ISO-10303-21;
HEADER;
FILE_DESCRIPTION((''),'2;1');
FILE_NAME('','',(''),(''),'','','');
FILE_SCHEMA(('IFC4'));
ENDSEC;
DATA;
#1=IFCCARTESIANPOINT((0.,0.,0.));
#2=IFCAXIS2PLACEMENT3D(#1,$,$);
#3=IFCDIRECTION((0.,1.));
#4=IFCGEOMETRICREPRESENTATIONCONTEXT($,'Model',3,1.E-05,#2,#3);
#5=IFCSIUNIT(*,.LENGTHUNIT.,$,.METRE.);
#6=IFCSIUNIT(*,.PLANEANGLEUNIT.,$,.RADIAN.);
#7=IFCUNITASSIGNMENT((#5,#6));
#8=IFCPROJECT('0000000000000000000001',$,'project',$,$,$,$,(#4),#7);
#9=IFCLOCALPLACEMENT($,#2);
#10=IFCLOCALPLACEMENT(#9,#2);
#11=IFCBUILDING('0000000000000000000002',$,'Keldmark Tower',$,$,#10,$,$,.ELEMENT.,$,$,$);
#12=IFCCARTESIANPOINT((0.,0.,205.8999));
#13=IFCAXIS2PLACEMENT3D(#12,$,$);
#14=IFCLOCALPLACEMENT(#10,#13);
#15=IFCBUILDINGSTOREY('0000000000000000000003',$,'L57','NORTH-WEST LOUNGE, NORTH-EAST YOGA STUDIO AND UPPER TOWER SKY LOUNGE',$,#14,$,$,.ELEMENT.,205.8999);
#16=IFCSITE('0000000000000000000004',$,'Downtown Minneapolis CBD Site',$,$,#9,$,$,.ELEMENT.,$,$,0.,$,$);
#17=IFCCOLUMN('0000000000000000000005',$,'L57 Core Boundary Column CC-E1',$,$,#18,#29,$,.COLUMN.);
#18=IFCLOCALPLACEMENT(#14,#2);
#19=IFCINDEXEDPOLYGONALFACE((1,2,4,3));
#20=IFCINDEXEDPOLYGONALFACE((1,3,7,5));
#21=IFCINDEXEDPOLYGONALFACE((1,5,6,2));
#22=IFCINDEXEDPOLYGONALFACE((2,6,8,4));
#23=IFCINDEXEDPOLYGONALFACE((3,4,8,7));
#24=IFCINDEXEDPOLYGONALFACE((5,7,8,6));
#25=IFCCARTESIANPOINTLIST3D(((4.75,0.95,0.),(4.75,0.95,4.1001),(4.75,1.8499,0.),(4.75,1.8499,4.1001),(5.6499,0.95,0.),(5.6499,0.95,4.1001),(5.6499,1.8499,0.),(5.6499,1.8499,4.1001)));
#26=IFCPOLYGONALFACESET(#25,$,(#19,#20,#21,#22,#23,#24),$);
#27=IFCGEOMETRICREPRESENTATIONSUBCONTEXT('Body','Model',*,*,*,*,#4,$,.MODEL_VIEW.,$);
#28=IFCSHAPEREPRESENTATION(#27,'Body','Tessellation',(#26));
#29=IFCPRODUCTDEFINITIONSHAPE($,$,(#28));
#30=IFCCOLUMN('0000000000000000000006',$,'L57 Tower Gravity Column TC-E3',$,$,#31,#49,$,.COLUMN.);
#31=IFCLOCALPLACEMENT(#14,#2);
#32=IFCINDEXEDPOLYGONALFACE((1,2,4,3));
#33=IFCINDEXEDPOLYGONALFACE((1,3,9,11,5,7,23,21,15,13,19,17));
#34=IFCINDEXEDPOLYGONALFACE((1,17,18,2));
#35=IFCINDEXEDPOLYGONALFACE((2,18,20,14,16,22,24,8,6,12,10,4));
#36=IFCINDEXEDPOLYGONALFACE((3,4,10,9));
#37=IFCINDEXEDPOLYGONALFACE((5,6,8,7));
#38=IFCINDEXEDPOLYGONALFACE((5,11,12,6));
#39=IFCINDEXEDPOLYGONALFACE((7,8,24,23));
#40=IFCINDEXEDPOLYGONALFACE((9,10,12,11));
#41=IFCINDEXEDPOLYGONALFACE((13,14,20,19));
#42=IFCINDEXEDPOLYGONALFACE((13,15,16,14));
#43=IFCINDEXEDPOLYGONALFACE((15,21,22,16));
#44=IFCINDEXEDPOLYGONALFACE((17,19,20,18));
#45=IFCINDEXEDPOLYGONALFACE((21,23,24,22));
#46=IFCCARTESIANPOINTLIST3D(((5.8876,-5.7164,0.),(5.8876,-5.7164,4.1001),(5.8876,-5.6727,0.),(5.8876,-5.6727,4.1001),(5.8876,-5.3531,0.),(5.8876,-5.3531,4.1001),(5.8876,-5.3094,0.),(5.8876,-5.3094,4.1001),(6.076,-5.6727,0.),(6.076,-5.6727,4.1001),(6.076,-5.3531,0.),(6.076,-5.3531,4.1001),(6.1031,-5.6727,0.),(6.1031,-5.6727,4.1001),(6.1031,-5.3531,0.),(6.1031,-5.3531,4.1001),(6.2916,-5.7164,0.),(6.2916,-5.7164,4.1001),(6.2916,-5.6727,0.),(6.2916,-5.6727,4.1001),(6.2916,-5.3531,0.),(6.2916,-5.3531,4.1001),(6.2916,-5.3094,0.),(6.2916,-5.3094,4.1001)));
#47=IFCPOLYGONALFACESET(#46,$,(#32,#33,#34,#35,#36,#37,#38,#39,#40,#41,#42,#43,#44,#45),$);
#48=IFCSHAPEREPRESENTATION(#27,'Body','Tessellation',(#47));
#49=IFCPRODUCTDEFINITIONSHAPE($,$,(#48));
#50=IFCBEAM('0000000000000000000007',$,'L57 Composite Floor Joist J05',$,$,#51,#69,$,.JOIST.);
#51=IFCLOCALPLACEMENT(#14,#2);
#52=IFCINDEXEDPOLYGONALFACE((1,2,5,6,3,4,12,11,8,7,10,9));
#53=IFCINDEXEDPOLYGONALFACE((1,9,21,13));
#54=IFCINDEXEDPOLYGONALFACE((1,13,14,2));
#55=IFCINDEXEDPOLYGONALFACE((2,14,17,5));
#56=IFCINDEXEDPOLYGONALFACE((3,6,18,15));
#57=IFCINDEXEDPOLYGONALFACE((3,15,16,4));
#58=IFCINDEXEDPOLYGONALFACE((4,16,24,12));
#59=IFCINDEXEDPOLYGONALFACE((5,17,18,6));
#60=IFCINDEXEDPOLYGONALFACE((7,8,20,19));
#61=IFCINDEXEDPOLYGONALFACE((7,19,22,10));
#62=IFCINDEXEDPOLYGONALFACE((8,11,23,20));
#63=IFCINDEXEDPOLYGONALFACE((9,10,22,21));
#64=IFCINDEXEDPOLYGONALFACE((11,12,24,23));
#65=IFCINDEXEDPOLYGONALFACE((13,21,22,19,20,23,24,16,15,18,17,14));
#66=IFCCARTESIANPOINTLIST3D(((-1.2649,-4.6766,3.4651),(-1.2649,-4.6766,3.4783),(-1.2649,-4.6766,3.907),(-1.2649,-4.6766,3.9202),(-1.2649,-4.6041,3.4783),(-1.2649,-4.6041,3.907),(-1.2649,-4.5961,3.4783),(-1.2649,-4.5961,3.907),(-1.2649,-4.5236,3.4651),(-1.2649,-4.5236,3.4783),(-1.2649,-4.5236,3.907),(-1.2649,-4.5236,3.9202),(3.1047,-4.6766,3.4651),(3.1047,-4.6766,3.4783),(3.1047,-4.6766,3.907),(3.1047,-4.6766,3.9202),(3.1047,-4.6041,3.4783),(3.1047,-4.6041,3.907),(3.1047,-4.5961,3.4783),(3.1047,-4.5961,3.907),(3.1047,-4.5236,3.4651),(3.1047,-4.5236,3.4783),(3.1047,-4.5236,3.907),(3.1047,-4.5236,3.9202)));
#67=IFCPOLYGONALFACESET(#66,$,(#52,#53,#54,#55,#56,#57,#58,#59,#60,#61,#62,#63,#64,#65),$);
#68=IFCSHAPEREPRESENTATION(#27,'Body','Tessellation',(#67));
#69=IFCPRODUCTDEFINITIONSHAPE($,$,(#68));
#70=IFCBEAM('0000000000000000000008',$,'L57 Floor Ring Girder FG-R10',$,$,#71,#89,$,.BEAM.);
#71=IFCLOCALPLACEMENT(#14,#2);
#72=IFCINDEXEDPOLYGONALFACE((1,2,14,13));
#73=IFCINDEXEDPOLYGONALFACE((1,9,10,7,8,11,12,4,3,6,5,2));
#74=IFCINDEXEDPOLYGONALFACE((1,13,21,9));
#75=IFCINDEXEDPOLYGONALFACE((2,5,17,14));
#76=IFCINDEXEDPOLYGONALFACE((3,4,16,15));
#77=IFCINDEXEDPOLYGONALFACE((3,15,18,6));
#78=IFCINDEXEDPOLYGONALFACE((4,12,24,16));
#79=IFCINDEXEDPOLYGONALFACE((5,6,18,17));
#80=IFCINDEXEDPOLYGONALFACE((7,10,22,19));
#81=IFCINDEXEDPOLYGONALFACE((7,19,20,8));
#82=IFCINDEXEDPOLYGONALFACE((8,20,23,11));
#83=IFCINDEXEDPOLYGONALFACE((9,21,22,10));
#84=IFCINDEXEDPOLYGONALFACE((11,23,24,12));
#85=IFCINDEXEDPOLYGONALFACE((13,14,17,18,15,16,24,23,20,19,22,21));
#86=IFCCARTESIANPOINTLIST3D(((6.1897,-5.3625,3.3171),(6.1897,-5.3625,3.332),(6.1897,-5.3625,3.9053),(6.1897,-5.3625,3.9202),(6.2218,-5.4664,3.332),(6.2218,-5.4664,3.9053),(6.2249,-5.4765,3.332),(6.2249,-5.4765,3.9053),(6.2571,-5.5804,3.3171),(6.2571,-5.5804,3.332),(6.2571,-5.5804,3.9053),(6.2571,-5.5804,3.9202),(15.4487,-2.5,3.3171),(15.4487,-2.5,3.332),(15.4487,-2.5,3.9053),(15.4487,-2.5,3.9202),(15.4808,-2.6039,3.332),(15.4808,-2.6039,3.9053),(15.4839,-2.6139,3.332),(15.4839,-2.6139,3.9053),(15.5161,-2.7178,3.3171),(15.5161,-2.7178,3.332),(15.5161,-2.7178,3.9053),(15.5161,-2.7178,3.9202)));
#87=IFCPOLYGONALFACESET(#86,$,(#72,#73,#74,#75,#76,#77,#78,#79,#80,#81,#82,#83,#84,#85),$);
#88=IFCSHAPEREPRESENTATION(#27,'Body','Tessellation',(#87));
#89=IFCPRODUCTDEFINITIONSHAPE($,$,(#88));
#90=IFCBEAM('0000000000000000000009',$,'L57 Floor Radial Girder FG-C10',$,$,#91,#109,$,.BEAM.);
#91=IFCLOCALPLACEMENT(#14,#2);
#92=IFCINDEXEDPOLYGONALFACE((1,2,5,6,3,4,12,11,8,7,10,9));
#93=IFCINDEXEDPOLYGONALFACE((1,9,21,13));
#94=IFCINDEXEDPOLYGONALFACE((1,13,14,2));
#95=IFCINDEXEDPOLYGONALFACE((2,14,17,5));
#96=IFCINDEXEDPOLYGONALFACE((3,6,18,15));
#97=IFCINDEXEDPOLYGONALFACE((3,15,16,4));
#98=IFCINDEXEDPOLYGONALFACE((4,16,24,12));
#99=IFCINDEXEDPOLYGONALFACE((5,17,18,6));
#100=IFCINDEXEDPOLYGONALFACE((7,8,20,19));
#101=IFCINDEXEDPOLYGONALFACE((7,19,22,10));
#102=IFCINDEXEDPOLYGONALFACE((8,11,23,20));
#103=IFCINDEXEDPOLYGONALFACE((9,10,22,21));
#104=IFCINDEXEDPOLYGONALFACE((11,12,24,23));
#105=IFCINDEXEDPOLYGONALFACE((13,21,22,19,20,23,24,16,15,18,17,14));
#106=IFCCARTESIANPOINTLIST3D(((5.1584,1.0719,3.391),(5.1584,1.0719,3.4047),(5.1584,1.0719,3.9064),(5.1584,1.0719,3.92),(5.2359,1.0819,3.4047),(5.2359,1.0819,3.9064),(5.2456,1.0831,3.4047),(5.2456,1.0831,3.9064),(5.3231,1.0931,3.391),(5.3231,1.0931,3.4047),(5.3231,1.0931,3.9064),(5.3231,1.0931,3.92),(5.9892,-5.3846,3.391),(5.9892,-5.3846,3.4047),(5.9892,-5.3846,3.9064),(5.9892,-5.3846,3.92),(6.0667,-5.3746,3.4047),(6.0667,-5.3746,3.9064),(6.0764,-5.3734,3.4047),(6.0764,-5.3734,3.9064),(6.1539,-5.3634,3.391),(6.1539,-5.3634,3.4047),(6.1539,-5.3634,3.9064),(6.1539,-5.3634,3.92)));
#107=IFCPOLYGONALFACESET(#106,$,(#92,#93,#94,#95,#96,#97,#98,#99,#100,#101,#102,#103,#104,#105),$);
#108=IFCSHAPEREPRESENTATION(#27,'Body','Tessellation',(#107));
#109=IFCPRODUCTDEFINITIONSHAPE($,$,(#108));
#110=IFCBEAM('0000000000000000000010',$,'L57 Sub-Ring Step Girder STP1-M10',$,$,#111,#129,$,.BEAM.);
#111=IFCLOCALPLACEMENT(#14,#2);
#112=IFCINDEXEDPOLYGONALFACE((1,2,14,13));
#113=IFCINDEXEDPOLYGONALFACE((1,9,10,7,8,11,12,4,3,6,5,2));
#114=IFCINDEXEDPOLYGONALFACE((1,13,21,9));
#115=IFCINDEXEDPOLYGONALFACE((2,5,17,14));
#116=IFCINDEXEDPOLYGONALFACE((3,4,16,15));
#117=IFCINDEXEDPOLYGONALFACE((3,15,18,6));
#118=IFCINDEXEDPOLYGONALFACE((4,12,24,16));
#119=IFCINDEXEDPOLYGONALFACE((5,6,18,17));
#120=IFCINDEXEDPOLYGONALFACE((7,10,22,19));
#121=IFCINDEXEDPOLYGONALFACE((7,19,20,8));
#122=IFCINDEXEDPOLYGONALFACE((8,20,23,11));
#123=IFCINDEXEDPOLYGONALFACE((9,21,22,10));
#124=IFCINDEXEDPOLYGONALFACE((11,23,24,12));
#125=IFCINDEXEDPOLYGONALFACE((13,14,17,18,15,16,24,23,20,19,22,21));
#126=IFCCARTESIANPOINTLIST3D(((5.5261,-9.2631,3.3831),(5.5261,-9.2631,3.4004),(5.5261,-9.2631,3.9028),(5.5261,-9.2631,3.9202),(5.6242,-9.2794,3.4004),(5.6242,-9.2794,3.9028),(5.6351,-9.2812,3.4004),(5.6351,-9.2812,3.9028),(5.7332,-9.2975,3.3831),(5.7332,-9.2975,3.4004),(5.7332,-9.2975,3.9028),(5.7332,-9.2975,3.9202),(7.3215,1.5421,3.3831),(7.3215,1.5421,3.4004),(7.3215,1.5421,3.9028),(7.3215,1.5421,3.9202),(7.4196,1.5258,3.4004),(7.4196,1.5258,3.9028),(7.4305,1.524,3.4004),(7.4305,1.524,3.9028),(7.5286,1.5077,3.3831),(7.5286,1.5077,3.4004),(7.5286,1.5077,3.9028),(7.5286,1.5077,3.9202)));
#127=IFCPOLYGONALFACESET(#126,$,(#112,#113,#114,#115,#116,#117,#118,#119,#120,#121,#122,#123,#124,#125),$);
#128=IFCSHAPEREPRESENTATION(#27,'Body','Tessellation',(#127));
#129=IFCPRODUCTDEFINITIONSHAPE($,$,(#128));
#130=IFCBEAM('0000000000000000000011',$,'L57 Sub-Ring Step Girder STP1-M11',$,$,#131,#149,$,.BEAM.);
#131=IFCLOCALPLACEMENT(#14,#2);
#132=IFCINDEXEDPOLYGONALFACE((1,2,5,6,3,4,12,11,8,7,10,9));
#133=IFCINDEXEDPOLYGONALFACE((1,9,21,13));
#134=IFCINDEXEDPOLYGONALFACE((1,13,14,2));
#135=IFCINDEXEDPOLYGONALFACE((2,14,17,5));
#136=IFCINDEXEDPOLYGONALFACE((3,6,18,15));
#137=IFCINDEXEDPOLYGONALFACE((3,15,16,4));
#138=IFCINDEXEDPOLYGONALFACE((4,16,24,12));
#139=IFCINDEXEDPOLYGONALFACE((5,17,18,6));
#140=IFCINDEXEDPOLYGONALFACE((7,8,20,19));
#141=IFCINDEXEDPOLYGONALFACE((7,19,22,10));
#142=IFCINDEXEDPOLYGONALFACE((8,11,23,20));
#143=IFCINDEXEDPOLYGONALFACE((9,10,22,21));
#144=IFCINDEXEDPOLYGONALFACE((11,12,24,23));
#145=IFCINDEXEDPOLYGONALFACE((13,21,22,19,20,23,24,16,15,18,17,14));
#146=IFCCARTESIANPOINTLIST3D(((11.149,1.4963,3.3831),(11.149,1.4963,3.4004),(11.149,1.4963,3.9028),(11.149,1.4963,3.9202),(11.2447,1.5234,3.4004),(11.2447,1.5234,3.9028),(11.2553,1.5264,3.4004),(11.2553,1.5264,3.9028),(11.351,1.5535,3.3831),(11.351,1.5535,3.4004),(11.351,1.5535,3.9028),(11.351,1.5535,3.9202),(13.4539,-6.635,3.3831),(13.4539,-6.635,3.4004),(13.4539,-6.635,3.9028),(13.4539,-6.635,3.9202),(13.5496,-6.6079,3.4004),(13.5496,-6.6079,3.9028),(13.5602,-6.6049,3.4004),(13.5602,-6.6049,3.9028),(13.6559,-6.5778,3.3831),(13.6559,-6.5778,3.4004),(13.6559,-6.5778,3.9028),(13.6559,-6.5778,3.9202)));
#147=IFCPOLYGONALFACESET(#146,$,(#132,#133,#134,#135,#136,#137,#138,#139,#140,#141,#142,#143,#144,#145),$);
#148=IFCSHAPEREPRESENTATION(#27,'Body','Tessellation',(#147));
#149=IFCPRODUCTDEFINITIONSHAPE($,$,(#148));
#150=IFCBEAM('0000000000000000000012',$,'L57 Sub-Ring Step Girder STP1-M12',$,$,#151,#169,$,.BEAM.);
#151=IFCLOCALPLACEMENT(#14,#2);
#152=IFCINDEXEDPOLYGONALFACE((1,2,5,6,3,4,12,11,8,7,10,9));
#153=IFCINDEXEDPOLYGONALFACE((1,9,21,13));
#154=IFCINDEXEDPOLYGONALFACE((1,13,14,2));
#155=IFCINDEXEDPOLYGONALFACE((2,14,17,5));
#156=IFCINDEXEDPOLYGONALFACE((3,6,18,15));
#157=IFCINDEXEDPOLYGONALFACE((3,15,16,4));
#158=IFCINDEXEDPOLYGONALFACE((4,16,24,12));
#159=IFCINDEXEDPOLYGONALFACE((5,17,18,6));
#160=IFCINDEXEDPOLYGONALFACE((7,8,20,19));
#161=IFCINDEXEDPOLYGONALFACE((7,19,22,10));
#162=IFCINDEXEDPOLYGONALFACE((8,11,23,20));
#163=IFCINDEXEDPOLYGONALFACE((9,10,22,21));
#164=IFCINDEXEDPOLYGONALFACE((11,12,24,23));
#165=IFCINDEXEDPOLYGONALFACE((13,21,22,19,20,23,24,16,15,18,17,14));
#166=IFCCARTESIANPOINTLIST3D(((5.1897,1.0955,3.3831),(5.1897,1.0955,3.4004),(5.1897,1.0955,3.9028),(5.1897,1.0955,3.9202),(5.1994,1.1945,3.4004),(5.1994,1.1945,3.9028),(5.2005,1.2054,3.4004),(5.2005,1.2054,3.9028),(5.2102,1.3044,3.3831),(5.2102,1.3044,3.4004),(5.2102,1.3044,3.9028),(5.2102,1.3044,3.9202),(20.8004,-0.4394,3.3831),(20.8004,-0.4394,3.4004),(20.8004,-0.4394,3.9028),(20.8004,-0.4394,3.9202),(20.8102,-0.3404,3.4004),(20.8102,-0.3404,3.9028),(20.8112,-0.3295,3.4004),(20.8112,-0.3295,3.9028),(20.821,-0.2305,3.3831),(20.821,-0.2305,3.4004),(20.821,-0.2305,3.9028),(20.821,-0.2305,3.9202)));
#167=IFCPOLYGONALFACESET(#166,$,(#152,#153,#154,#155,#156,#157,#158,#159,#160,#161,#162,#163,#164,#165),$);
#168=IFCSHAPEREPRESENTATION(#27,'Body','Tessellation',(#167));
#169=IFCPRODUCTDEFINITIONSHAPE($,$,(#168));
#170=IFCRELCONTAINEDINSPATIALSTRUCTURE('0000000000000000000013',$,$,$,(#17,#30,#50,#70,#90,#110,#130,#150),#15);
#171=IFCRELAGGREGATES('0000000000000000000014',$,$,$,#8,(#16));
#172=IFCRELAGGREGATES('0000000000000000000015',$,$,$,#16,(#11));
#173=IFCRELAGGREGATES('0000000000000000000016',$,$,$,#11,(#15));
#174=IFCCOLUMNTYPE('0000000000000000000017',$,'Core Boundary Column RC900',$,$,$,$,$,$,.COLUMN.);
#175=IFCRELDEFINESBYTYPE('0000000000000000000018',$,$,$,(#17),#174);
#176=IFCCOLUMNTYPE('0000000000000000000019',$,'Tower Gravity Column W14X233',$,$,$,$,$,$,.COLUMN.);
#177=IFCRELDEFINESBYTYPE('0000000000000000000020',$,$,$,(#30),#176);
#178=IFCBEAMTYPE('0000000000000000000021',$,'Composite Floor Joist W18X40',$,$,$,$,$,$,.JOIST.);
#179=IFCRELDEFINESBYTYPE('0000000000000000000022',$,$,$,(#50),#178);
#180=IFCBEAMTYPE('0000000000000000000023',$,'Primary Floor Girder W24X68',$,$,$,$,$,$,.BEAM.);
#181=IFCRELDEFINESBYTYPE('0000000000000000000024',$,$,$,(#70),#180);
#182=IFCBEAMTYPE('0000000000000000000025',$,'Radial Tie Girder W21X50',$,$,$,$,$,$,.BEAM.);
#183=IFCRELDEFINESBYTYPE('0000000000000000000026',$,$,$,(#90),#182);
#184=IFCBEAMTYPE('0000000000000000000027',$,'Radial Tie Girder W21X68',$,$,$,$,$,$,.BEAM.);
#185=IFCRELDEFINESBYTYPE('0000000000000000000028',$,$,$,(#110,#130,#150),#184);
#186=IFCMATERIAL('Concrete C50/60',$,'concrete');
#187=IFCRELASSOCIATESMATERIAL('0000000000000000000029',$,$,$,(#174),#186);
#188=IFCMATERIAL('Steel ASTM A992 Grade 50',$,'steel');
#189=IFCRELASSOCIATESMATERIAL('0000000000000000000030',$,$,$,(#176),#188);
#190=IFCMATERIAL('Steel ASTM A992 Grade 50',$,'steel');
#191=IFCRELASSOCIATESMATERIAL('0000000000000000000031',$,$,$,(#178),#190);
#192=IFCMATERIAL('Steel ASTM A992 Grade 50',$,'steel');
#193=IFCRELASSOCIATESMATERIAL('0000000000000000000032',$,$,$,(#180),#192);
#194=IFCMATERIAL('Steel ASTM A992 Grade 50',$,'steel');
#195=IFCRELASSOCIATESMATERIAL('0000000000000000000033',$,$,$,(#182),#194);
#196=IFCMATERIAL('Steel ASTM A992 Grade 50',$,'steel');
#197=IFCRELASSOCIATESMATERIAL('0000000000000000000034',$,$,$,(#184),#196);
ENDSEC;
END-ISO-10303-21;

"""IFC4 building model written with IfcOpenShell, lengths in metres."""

from ifc_helpers import new_model, si_unit, direction, frame, origin, origin_2d, place, context, subcontext, project, spatial, rectangle, i_section, extrude, material, material_profile, profile_set, type_object, element, save


model = new_model("IFC4")

# Units and contexts
model_context = context("Model", 3, precision=1e-05, world=origin(), true_north=direction((0.0, 1.0)))
body_context = subcontext(model_context, "Body", "Model", "MODEL_VIEW")
ifc_project = project(units=[si_unit("LENGTHUNIT", "METRE"), si_unit("PLANEANGLEUNIT", "RADIAN")], contexts=[model_context])

# Site, building, storey
site_placement = place(None, origin())
site = spatial("IfcSite", under=ifc_project, at=site_placement, Name="Downtown Minneapolis CBD Site", CompositionType="ELEMENT", RefElevation=0.0)
building_placement = place(site_placement, origin())
building = spatial("IfcBuilding", under=site, at=building_placement, Name="Keldmark Tower", CompositionType="ELEMENT")
storey_placement = place(building_placement, frame((0.0, 0.0, 205.8999)))
storey = spatial("IfcBuildingStorey", under=building, at=storey_placement, Name="L57", Description="NORTH-WEST LOUNGE, NORTH-EAST YOGA STUDIO AND UPPER TOWER SKY LOUNGE", CompositionType="ELEMENT", Elevation=205.8999)

# Columns
ifc_material_1 = material(Name="Concrete C50/60", Category="concrete")
ifc_material_profile_1 = material_profile(ifc_material_1, rectangle(XDim=0.8999, YDim=0.8999, at=origin_2d()), Name="RC900X900")
ifc_profile_set_1 = profile_set([ifc_material_profile_1], Name="Concrete C50/60")
column_type_1 = type_object("IfcColumnType", Name="Core Boundary Column RC900", PredefinedType="COLUMN", material=ifc_profile_set_1)
column_1_placement = place(storey_placement, frame((5.2, 1.3999, 0.0), z_axis=(0.0, 0.0, 1.0), x_axis=(1.0, 0.0, 0.0)))
element("IfcColumn", 1, at=column_1_placement, inside=storey, type_object=column_type_1, Name="L57 Core Boundary Column CC-E1", PredefinedType="COLUMN", context=body_context, shape_type="SweptSolid", body=[
    extrude(rectangle(XDim=0.8999, YDim=0.8999, at=origin_2d()), origin(), (0.0, 0.0, 1.0), 4.1001),
])
ifc_material_2 = material(Name="Steel ASTM A992 Grade 50", Category="steel")
ifc_material_profile_2 = material_profile(ifc_material_2, i_section(OverallWidth=0.4041, OverallDepth=0.407, WebThickness=0.0271, FlangeThickness=0.0437, at=origin_2d()), Name="W14X233")
ifc_profile_set_2 = profile_set([ifc_material_profile_2], Name="Steel ASTM A992 Grade 50")
column_type_2 = type_object("IfcColumnType", Name="Tower Gravity Column W14X233", PredefinedType="COLUMN", material=ifc_profile_set_2)
column_2_placement = place(storey_placement, frame((6.0896, -5.5129, 0.0), z_axis=(0.0, 0.0, 1.0), x_axis=(1.0, 0.0, 0.0)))
element("IfcColumn", 2, at=column_2_placement, inside=storey, type_object=column_type_2, Name="L57 Tower Gravity Column TC-E3", PredefinedType="COLUMN", context=body_context, shape_type="SweptSolid", body=[
    extrude(i_section(OverallWidth=0.4041, OverallDepth=0.407, WebThickness=0.0271, FlangeThickness=0.0437, at=origin_2d()), origin(), (0.0, 0.0, 1.0), 4.1001),
])

# Beams
ifc_material_3 = material(Name="Steel ASTM A992 Grade 50", Category="steel")
ifc_material_profile_3 = material_profile(ifc_material_3, i_section(OverallWidth=0.1531, OverallDepth=0.4551, WebThickness=0.0081, FlangeThickness=0.0132, at=origin_2d()), Name="W18X40")
ifc_profile_set_3 = profile_set([ifc_material_profile_3], Name="Steel ASTM A992 Grade 50")
beam_type_1 = type_object("IfcBeamType", Name="Composite Floor Joist W18X40", PredefinedType="JOIST", material=ifc_profile_set_3)
beam_1_placement = place(storey_placement, frame((-1.2649, -4.6001, 3.6926), z_axis=(1.0, 0.0, 0.0), x_axis=(0.0, 1.0, 0.0)))
element("IfcBeam", 3, at=beam_1_placement, inside=storey, type_object=beam_type_1, Name="L57 Composite Floor Joist J05", PredefinedType="JOIST", context=body_context, shape_type="SweptSolid", body=[
    extrude(i_section(OverallWidth=0.1531, OverallDepth=0.4551, WebThickness=0.0081, FlangeThickness=0.0132, at=origin_2d()), origin(), (0.0, 0.0, 1.0), 4.3696),
])
ifc_material_4 = material(Name="Steel ASTM A992 Grade 50", Category="steel")
ifc_material_profile_4 = material_profile(ifc_material_4, i_section(OverallWidth=0.228, OverallDepth=0.603, WebThickness=0.0105, FlangeThickness=0.0149, at=origin_2d()), Name="W24X68")
ifc_profile_set_4 = profile_set([ifc_material_profile_4], Name="Steel ASTM A992 Grade 50")
beam_type_2 = type_object("IfcBeamType", Name="Primary Floor Girder W24X68", PredefinedType="BEAM", material=ifc_profile_set_4)
beam_2_placement = place(storey_placement, frame((6.2234, -5.4714, 3.6187), z_axis=(0.955383, 0.295369, 0.0), x_axis=(-0.295369, 0.955383, 0.0)))
element("IfcBeam", 4, at=beam_2_placement, inside=storey, type_object=beam_type_2, Name="L57 Floor Ring Girder FG-R10", PredefinedType="BEAM", context=body_context, shape_type="SweptSolid", body=[
    extrude(i_section(OverallWidth=0.228, OverallDepth=0.603, WebThickness=0.0105, FlangeThickness=0.0149, at=origin_2d()), origin(), (0.0, 0.0, 1.0), 9.6914),
])
ifc_material_5 = material(Name="Steel ASTM A992 Grade 50", Category="steel")
ifc_material_profile_5 = material_profile(ifc_material_5, i_section(OverallWidth=0.166, OverallDepth=0.5291, WebThickness=0.0098, FlangeThickness=0.0137, at=origin_2d()), Name="W21X50")
ifc_profile_set_5 = profile_set([ifc_material_profile_5], Name="Steel ASTM A992 Grade 50")
beam_type_3 = type_object("IfcBeamType", Name="Radial Tie Girder W21X50", PredefinedType="BEAM", material=ifc_profile_set_5)
beam_3_placement = place(storey_placement, frame((6.0715, -5.374, 3.6555), z_axis=(-0.127625, 0.991822, 0.0), x_axis=(-0.991822, -0.127625, 0.0)))
element("IfcBeam", 5, at=beam_3_placement, inside=storey, type_object=beam_type_3, Name="L57 Floor Radial Girder FG-C10", PredefinedType="BEAM", context=body_context, shape_type="SweptSolid", body=[
    extrude(i_section(OverallWidth=0.166, OverallDepth=0.5291, WebThickness=0.0098, FlangeThickness=0.0137, at=origin_2d()), origin(), (0.0, 0.0, 1.0), 6.5098),
])
ifc_material_6 = material(Name="Steel ASTM A992 Grade 50", Category="steel")
ifc_material_profile_6 = material_profile(ifc_material_6, i_section(OverallWidth=0.21, OverallDepth=0.5371, WebThickness=0.011, FlangeThickness=0.0173, at=origin_2d()), Name="W21X68")
ifc_profile_set_6 = profile_set([ifc_material_profile_6], Name="Steel ASTM A992 Grade 50")
beam_type_4 = type_object("IfcBeamType", Name="Radial Tie Girder W21X68", PredefinedType="BEAM", material=ifc_profile_set_6)
beam_4_placement = place(storey_placement, frame((7.425, 1.5249, 3.6516), z_axis=(-0.163915, -0.986475, 0.0), x_axis=(0.986475, -0.163915, 0.0)))
element("IfcBeam", 6, at=beam_4_placement, inside=storey, type_object=beam_type_4, Name="L57 Sub-Ring Step Girder STP1-M10", PredefinedType="BEAM", context=body_context, shape_type="SweptSolid", body=[
    extrude(i_section(OverallWidth=0.21, OverallDepth=0.5371, WebThickness=0.011, FlangeThickness=0.0173, at=origin_2d()), origin(), (0.0, 0.0, 1.0), 10.9534),
])
beam_5_placement = place(storey_placement, frame((11.25, 1.5249, 3.6516), z_axis=(0.272718, -0.962094, 0.0), x_axis=(0.962094, 0.272718, 0.0)))
element("IfcBeam", 7, at=beam_5_placement, inside=storey, type_object=beam_type_4, Name="L57 Sub-Ring Step Girder STP1-M11", PredefinedType="BEAM", context=body_context, shape_type="SweptSolid", body=[
    extrude(i_section(OverallWidth=0.21, OverallDepth=0.5371, WebThickness=0.011, FlangeThickness=0.0173, at=origin_2d()), origin(), (0.0, 0.0, 1.0), 8.4517),
])
beam_6_placement = place(storey_placement, frame((5.2, 1.2, 3.6516), z_axis=(0.995201, -0.097852, 0.0), x_axis=(0.097852, 0.995201, 0.0)))
element("IfcBeam", 8, at=beam_6_placement, inside=storey, type_object=beam_type_4, Name="L57 Sub-Ring Step Girder STP1-M12", PredefinedType="BEAM", context=body_context, shape_type="SweptSolid", body=[
    extrude(i_section(OverallWidth=0.21, OverallDepth=0.5371, WebThickness=0.011, FlangeThickness=0.0173, at=origin_2d()), origin(), (0.0, 0.0, 1.0), 15.686),
])

save(model, "model.ifc")
